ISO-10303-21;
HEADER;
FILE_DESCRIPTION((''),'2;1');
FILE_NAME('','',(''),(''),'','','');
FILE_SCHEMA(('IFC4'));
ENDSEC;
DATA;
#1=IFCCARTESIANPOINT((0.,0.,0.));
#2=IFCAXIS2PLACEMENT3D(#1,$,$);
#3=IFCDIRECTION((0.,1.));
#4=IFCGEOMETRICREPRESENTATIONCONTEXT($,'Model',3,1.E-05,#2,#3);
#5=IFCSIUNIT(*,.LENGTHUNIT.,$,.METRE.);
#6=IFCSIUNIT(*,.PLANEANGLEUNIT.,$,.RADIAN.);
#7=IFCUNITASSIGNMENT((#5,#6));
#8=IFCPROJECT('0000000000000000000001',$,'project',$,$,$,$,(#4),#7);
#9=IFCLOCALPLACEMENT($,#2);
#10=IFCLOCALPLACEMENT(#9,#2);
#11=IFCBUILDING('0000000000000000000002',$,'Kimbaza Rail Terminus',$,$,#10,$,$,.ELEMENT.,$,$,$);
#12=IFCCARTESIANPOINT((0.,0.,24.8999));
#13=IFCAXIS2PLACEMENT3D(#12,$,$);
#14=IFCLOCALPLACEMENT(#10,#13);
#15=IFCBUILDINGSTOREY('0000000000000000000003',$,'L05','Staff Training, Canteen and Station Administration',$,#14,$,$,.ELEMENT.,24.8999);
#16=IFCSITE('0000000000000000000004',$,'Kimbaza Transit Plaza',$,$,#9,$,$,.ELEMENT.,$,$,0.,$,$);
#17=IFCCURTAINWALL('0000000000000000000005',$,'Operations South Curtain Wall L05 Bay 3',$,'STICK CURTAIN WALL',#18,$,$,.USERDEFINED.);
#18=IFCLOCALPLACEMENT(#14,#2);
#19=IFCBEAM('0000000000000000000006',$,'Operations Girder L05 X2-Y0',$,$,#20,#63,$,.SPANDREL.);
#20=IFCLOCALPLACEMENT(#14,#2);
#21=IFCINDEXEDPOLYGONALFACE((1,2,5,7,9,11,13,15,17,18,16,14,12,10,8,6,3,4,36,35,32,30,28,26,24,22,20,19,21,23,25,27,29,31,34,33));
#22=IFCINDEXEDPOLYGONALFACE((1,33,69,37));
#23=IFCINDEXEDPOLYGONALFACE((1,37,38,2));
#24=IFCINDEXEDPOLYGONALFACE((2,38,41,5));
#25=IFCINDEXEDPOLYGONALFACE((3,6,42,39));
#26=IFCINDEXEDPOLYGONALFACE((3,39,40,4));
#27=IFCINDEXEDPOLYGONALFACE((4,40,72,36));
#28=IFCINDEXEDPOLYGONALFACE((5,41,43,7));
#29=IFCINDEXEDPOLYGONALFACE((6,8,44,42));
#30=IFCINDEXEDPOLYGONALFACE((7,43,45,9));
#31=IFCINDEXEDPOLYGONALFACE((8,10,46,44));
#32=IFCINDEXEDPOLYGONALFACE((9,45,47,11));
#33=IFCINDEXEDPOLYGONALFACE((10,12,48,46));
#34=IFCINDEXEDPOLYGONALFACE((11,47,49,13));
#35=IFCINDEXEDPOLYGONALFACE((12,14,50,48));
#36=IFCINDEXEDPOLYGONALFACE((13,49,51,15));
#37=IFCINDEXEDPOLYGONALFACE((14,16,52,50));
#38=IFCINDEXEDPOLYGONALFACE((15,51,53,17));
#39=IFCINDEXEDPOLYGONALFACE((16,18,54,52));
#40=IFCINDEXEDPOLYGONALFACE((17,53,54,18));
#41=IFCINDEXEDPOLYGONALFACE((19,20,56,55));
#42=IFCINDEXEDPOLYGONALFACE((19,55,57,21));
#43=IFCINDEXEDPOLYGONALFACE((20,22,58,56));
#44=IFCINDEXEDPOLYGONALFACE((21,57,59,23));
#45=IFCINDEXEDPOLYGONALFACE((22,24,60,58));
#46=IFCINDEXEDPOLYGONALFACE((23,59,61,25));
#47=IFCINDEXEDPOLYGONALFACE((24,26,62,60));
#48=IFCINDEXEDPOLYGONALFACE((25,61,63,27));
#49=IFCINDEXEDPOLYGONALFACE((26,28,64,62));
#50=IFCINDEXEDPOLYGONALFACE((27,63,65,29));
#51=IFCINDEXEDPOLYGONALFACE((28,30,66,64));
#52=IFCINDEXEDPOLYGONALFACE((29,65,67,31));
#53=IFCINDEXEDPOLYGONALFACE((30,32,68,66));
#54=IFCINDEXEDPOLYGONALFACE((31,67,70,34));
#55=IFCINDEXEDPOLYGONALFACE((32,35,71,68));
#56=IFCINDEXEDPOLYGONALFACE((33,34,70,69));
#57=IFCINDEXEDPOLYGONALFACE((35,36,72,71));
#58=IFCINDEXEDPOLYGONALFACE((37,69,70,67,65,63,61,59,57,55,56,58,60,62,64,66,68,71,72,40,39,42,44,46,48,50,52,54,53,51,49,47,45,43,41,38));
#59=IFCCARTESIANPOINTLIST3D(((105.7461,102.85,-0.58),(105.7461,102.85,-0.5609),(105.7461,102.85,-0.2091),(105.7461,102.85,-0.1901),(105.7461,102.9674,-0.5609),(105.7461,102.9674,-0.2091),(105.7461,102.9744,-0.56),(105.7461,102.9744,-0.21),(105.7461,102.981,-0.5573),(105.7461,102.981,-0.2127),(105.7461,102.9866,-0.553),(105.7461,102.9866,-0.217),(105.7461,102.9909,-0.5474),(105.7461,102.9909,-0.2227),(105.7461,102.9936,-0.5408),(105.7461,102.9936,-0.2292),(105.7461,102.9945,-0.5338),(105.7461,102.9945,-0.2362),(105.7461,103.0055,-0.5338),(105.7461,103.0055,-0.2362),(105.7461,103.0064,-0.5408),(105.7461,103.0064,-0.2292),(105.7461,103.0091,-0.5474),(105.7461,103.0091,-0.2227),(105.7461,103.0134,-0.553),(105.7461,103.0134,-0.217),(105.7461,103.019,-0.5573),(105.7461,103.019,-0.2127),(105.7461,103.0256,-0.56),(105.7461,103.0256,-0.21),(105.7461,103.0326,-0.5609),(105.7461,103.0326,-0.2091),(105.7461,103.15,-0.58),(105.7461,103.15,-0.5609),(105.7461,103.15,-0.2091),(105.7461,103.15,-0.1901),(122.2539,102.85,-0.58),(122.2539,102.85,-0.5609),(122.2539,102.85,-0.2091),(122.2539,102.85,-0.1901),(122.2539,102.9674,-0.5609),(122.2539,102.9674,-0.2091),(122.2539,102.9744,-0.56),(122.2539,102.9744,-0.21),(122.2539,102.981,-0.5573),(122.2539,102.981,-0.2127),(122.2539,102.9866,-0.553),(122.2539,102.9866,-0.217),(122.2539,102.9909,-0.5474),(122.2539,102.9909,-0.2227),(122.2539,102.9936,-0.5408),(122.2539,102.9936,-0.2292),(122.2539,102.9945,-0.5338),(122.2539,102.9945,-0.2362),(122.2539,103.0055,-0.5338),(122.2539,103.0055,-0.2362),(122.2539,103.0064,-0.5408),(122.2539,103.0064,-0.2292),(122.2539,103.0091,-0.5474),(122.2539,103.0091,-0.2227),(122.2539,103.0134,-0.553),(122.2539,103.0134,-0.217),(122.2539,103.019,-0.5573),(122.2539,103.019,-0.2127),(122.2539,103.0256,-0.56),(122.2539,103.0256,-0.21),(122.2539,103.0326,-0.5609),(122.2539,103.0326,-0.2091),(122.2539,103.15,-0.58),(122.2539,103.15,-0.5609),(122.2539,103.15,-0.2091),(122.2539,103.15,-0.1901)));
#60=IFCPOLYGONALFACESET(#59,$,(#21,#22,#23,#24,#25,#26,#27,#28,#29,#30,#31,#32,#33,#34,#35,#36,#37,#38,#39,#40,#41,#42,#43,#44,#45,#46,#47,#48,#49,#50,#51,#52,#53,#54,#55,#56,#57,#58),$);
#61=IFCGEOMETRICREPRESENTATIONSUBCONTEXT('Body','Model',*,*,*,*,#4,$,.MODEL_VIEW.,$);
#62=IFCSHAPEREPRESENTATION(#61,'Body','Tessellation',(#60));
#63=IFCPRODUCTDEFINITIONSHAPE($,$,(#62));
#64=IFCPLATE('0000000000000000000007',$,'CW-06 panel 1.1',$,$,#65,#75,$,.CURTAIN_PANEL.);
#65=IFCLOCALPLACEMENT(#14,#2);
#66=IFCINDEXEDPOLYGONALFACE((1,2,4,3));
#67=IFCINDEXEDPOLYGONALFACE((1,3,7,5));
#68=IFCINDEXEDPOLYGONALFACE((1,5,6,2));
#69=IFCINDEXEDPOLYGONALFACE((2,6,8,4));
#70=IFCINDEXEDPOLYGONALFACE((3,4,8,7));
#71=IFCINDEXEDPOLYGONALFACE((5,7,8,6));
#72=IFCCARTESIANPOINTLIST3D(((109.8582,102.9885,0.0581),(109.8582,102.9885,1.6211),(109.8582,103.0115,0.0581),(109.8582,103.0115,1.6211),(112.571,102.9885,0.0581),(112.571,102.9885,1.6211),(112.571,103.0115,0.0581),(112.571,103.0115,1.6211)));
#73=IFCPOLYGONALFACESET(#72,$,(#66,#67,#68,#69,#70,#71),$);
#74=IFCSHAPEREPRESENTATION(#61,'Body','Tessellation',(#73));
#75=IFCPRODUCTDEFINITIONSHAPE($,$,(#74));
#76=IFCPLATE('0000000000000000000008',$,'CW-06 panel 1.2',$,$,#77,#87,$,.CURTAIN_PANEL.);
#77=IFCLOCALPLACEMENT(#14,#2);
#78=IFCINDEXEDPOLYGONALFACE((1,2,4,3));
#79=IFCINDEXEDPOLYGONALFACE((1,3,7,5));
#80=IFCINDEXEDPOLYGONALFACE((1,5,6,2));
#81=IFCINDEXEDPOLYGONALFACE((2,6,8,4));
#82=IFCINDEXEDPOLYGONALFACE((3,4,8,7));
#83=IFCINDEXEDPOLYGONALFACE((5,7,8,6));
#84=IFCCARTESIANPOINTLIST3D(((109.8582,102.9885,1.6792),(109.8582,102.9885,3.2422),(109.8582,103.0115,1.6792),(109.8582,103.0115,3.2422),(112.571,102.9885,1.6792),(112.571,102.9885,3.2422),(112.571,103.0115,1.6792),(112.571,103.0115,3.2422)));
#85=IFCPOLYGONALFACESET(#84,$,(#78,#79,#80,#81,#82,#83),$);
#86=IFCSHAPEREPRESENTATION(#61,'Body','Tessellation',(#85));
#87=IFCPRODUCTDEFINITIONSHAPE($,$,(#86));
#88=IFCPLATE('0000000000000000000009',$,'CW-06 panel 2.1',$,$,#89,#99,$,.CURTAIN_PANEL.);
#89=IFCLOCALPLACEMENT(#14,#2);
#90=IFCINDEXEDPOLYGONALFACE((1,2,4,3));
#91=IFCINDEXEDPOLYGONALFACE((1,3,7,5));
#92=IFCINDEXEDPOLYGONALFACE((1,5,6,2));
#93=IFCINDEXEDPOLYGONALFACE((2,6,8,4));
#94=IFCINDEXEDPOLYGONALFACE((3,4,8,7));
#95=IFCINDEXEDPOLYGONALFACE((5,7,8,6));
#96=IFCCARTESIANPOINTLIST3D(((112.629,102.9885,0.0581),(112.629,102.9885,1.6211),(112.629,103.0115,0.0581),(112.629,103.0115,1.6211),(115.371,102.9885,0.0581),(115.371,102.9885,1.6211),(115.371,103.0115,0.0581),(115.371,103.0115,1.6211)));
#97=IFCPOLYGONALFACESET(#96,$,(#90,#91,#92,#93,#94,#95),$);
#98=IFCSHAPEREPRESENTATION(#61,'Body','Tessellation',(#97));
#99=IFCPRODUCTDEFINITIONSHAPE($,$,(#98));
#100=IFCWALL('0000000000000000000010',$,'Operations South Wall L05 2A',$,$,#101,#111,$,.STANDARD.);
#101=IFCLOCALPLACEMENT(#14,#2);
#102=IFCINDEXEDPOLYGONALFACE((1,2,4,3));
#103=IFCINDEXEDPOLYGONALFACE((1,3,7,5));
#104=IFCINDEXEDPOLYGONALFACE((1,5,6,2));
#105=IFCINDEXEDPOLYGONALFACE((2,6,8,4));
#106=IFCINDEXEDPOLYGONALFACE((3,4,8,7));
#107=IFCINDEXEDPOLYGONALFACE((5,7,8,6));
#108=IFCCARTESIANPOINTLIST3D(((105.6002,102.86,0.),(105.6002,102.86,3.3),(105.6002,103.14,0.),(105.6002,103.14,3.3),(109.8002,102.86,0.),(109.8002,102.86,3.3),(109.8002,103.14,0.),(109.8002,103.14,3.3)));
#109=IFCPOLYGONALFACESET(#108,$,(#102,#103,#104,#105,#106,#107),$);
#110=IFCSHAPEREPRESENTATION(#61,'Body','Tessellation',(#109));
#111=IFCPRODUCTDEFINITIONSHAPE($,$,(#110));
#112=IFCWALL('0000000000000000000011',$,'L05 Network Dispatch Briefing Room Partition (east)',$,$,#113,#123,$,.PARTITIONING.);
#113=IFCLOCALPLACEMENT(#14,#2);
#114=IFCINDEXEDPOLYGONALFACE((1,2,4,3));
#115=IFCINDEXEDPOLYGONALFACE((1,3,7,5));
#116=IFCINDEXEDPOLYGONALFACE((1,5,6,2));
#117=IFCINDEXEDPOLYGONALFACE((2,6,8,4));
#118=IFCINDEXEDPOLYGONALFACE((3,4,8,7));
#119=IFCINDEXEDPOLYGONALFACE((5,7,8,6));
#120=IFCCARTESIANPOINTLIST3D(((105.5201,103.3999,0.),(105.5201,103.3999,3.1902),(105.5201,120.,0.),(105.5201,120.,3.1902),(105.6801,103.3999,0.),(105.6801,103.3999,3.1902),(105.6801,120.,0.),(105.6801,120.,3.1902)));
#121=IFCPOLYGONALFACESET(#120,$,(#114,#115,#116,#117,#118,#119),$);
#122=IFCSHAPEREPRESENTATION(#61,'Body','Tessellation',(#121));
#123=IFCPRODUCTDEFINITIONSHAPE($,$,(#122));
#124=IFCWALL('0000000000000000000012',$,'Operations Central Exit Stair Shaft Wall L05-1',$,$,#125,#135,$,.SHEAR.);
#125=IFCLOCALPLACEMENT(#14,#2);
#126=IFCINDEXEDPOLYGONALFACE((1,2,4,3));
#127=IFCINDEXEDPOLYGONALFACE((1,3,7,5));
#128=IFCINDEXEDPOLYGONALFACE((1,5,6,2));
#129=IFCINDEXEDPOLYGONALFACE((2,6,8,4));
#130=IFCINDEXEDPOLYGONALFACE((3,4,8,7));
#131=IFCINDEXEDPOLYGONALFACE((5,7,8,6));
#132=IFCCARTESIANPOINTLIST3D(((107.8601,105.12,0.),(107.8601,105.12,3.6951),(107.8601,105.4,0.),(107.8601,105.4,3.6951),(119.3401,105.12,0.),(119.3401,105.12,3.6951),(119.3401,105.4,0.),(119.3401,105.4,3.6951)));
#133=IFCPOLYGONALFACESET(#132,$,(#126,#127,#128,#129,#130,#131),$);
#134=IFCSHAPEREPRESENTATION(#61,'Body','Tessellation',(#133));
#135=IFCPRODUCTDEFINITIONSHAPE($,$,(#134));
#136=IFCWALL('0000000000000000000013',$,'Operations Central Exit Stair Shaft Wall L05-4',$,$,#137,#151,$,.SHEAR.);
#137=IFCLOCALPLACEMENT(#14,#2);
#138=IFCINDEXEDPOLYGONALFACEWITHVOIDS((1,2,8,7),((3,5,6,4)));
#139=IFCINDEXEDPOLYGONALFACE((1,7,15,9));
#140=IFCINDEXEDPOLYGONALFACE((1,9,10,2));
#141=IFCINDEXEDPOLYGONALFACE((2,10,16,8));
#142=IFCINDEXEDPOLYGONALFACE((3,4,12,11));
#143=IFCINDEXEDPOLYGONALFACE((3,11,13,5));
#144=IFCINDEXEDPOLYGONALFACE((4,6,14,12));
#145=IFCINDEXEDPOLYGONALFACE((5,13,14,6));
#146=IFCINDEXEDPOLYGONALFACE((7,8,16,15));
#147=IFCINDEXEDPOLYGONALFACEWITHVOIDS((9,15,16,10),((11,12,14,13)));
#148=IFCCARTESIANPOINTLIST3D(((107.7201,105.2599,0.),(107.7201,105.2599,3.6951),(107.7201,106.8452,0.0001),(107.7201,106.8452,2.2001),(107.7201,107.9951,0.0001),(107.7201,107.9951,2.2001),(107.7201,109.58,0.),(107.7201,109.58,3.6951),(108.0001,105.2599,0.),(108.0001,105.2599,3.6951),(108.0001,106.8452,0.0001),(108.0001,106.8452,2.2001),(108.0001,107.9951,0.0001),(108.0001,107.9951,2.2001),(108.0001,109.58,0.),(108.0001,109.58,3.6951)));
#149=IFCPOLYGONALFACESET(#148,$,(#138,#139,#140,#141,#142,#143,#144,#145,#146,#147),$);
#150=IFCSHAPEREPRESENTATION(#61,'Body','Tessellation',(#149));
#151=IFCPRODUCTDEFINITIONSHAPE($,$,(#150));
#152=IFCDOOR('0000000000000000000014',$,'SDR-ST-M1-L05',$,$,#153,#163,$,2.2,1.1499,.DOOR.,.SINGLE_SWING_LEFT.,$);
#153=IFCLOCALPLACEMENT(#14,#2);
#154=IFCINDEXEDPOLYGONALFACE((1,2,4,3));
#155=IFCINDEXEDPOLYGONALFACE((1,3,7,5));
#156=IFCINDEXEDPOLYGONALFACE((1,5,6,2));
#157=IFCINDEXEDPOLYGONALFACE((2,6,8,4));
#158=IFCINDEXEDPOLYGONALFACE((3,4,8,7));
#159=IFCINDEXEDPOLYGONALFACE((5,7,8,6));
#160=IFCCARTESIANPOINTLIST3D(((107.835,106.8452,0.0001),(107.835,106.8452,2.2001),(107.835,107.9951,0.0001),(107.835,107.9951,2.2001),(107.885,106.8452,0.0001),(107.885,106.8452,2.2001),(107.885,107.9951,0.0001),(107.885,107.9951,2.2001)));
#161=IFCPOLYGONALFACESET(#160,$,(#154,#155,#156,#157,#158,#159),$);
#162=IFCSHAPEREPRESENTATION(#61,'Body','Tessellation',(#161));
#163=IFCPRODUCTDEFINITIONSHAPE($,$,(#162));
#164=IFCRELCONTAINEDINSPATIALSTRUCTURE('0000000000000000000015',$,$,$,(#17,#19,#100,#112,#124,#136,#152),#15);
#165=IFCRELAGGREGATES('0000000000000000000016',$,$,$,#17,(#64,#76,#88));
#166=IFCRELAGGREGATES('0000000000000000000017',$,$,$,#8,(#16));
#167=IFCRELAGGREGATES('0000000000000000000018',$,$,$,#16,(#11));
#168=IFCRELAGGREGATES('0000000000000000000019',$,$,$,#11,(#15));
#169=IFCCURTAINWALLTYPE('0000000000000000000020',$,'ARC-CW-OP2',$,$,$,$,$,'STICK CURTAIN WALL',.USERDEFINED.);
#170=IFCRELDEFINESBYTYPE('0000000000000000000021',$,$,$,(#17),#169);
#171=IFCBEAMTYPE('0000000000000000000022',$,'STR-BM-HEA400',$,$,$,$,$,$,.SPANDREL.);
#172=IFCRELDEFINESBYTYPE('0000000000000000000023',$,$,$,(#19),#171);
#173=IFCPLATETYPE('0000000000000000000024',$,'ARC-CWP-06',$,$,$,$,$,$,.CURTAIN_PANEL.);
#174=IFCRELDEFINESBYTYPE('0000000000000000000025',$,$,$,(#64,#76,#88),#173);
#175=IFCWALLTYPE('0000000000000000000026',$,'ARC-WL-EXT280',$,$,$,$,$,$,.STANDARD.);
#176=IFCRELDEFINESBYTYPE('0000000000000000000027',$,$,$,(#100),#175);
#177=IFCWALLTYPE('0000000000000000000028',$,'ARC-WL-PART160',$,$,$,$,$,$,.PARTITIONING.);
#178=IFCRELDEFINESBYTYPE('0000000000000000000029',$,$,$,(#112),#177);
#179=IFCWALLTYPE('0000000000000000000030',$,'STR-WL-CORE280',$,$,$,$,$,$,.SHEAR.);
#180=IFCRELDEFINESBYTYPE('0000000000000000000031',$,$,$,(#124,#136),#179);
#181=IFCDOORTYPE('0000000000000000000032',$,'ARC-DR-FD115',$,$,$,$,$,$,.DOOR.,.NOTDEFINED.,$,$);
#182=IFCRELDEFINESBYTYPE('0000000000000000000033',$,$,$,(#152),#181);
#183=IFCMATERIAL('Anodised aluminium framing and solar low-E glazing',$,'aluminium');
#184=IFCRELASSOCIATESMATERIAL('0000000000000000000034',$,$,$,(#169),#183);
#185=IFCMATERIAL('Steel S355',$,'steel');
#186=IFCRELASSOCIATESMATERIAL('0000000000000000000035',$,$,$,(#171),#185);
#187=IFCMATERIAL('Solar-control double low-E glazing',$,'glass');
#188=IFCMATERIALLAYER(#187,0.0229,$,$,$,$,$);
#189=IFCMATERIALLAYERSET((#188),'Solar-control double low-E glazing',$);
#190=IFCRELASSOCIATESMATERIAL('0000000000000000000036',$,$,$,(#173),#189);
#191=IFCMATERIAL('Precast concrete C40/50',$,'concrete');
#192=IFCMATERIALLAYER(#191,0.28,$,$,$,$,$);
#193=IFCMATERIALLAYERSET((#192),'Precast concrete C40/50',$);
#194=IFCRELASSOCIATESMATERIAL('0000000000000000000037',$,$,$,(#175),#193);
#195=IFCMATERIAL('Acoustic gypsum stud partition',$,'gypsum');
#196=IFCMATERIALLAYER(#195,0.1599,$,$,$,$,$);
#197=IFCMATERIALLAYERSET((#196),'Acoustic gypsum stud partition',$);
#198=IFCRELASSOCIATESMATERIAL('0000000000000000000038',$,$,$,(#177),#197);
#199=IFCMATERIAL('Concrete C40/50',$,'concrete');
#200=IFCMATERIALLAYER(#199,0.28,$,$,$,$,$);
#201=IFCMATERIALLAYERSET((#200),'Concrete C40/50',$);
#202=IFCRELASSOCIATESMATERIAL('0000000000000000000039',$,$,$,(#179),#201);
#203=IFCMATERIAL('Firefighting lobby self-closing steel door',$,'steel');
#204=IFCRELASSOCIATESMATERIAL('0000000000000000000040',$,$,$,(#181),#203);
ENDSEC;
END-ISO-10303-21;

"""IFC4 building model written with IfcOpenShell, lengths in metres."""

from ifc_helpers import new_model, si_unit, direction, frame, frame_2d, origin, origin_2d, place, context, subcontext, project, spatial, rectangle, i_section, extrude, material, layer, layer_set, material_profile, profile_set, type_object, element, fill, aggregate, save


model = new_model("IFC4")

# Units and contexts
model_context = context("Model", 3, precision=1e-05, world=origin(), true_north=direction((0.0, 1.0)))
body_context = subcontext(model_context, "Body", "Model", "MODEL_VIEW")
ifc_project = project(units=[si_unit("LENGTHUNIT", "METRE"), si_unit("PLANEANGLEUNIT", "RADIAN")], contexts=[model_context])

# Site, building, storey
site_placement = place(None, origin())
site = spatial("IfcSite", under=ifc_project, at=site_placement, Name="Kimbaza Transit Plaza", CompositionType="ELEMENT", RefElevation=0.0)
building_placement = place(site_placement, origin())
building = spatial("IfcBuilding", under=site, at=building_placement, Name="Kimbaza Rail Terminus", CompositionType="ELEMENT")
storey_placement = place(building_placement, frame((0.0, 0.0, 24.8999)))
storey = spatial("IfcBuildingStorey", under=building, at=storey_placement, Name="L05", Description="Staff Training, Canteen and Station Administration", CompositionType="ELEMENT", Elevation=24.8999)

# Curtain wall
ifc_material_1 = material(Name="Anodised aluminium framing and solar low-E glazing", Category="aluminium")
curtain_wall_type = type_object("IfcCurtainWallType", Name="ARC-CW-OP2", ElementType="STICK CURTAIN WALL", PredefinedType="USERDEFINED", material=ifc_material_1)
curtain_wall_placement = place(storey_placement, origin())
curtain_wall = element("IfcCurtainWall", 1, at=curtain_wall_placement, inside=storey, type_object=curtain_wall_type, Name="Operations South Curtain Wall L05 Bay 3", ObjectType="STICK CURTAIN WALL", PredefinedType="USERDEFINED")

# Beam
ifc_material_2 = material(Name="Steel S355", Category="steel")
ifc_material_profile_1 = material_profile(ifc_material_2, i_section(OverallWidth=0.3, OverallDepth=0.3899, WebThickness=0.011, FlangeThickness=0.019, FilletRadius=0.0271, at=origin_2d()), Name="HEA 400")
ifc_profile_set_1 = profile_set([ifc_material_profile_1], Name="Steel S355")
beam_type_1 = type_object("IfcBeamType", Name="STR-BM-HEA400", PredefinedType="SPANDREL", material=ifc_profile_set_1)
beam_1_placement = place(storey_placement, frame((105.7461, 103.0, -0.385), z_axis=(1.0, 0.0, 0.0), x_axis=(0.0, 1.0, 0.0)))
element("IfcBeam", 2, at=beam_1_placement, inside=storey, type_object=beam_type_1, Name="Operations Girder L05 X2-Y0", PredefinedType="SPANDREL", context=body_context, shape_type="SweptSolid", body=[
    extrude(i_section(OverallWidth=0.3, OverallDepth=0.3899, WebThickness=0.011, FlangeThickness=0.019, FilletRadius=0.0271, at=origin_2d()), origin(), (0.0, 0.0, 1.0), 16.5078),
])

# Plates
ifc_material_3 = material(Name="Solar-control double low-E glazing", Category="glass")
ifc_layer_1 = layer(ifc_material_3, 0.0229)
ifc_layer_set_1 = layer_set([ifc_layer_1], Name="Solar-control double low-E glazing")
plate_type = type_object("IfcPlateType", Name="ARC-CWP-06", PredefinedType="CURTAIN_PANEL", material=ifc_layer_set_1)
plate_1_placement = place(storey_placement, frame((111.2146, 103.0, 0.0581), z_axis=(0.0, 0.0, 1.0), x_axis=(1.0, 0.0, 0.0)))
plate_1 = element("IfcPlate", 3, at=plate_1_placement, type_object=plate_type, Name="CW-06 panel 1.1", PredefinedType="CURTAIN_PANEL", context=body_context, shape_type="SweptSolid", body=[
    extrude(rectangle(XDim=2.7129, YDim=0.0229, at=origin_2d()), origin(), (0.0, 0.0, 1.0), 1.563),
])
plate_2_placement = place(storey_placement, frame((111.2146, 103.0, 1.6792), z_axis=(0.0, 0.0, 1.0), x_axis=(1.0, 0.0, 0.0)))
plate_2 = element("IfcPlate", 4, at=plate_2_placement, type_object=plate_type, Name="CW-06 panel 1.2", PredefinedType="CURTAIN_PANEL", context=body_context, shape_type="SweptSolid", body=[
    extrude(rectangle(XDim=2.7129, YDim=0.0229, at=origin_2d()), origin(), (0.0, 0.0, 1.0), 1.563),
])
plate_3_placement = place(storey_placement, frame((114.0, 103.0, 0.0581), z_axis=(0.0, 0.0, 1.0), x_axis=(1.0, 0.0, 0.0)))
plate_3 = element("IfcPlate", 5, at=plate_3_placement, type_object=plate_type, Name="CW-06 panel 2.1", PredefinedType="CURTAIN_PANEL", context=body_context, shape_type="SweptSolid", body=[
    extrude(rectangle(XDim=2.7419, YDim=0.0229, at=origin_2d()), origin(), (0.0, 0.0, 1.0), 1.563),
])
aggregate(curtain_wall, [plate_1, plate_2, plate_3])

# Walls
ifc_material_4 = material(Name="Precast concrete C40/50", Category="concrete")
ifc_layer_2 = layer(ifc_material_4, 0.28)
ifc_layer_set_2 = layer_set([ifc_layer_2], Name="Precast concrete C40/50")
wall_type_1 = type_object("IfcWallType", Name="ARC-WL-EXT280", PredefinedType="STANDARD", material=ifc_layer_set_2)
wall_1_placement = place(storey_placement, frame((105.6001, 103.0, 0.0), z_axis=(0.0, 0.0, 1.0), x_axis=(1.0, 0.0, 0.0)))
element("IfcWall", 6, at=wall_1_placement, inside=storey, type_object=wall_type_1, Name="Operations South Wall L05 2A", PredefinedType="STANDARD", context=body_context, shape_type="SweptSolid", body=[
    extrude(rectangle(XDim=4.2, YDim=0.28, at=frame_2d((2.1001, 0.0))), origin(), (0.0, 0.0, 1.0), 3.3),
])
ifc_material_5 = material(Name="Acoustic gypsum stud partition", Category="gypsum")
ifc_layer_3 = layer(ifc_material_5, 0.1599)
ifc_layer_set_3 = layer_set([ifc_layer_3], Name="Acoustic gypsum stud partition")
wall_type_2 = type_object("IfcWallType", Name="ARC-WL-PART160", PredefinedType="PARTITIONING", material=ifc_layer_set_3)
wall_2_placement = place(storey_placement, frame((105.6001, 103.3999, 0.0), z_axis=(0.0, 0.0, 1.0), x_axis=(0.0, 1.0, 0.0)))
element("IfcWall", 7, at=wall_2_placement, inside=storey, type_object=wall_type_2, Name="L05 Network Dispatch Briefing Room Partition (east)", PredefinedType="PARTITIONING", context=body_context, shape_type="SweptSolid", body=[
    extrude(rectangle(XDim=16.6001, YDim=0.1599, at=frame_2d((8.3, 0.0))), origin(), (0.0, 0.0, 1.0), 3.1902),
])
ifc_material_6 = material(Name="Concrete C40/50", Category="concrete")
ifc_layer_4 = layer(ifc_material_6, 0.28)
ifc_layer_set_4 = layer_set([ifc_layer_4], Name="Concrete C40/50")
wall_type_3 = type_object("IfcWallType", Name="STR-WL-CORE280", PredefinedType="SHEAR", material=ifc_layer_set_4)
wall_3_placement = place(storey_placement, frame((107.8601, 105.26, 0.0), z_axis=(0.0, 0.0, 1.0), x_axis=(1.0, 0.0, 0.0)))
element("IfcWall", 8, at=wall_3_placement, inside=storey, type_object=wall_type_3, Name="Operations Central Exit Stair Shaft Wall L05-1", PredefinedType="SHEAR", context=body_context, shape_type="SweptSolid", body=[
    extrude(rectangle(XDim=11.48, YDim=0.28, at=frame_2d((5.74, 0.0))), origin(), (0.0, 0.0, 1.0), 3.6951),
])

# Wall, opening, door
wall_4_placement = place(storey_placement, frame((107.8601, 109.5801, 0.0), z_axis=(0.0, 0.0, 1.0), x_axis=(0.0, -1.0, 0.0)))
wall_4 = element("IfcWall", 9, at=wall_4_placement, inside=storey, type_object=wall_type_3, Name="Operations Central Exit Stair Shaft Wall L05-4", PredefinedType="SHEAR", context=body_context, shape_type="SweptSolid", body=[
    extrude(rectangle(XDim=4.3201, YDim=0.28, at=frame_2d((2.1602, 0.0))), origin(), (0.0, 0.0, 1.0), 3.6951),
])
opening_placement = place(wall_4_placement, frame((1.585, 0.0, 0.0)))
opening = element("IfcOpeningElement", 10, at=opening_placement, cuts=wall_4, PredefinedType="OPENING", context=body_context, shape_type="SweptSolid", body=[
    extrude(rectangle(XDim=1.1499, YDim=2.2, at=frame_2d((0.575, 1.1001))), frame((0.0, 0.1499, 0.0), z_axis=(0.0, -1.0, 0.0), x_axis=(1.0, 0.0, 0.0)), (0.0, 0.0, 1.0), 0.3),
])
ifc_material_7 = material(Name="Firefighting lobby self-closing steel door", Category="steel")
door_type = type_object("IfcDoorType", Name="ARC-DR-FD115", OperationType="NOTDEFINED", PredefinedType="DOOR", material=ifc_material_7)
door_placement = place(opening_placement, origin())
door = element("IfcDoor", 11, at=door_placement, inside=storey, type_object=door_type, Name="SDR-ST-M1-L05", OperationType="SINGLE_SWING_LEFT", OverallHeight=2.2, OverallWidth=1.1499, PredefinedType="DOOR", context=body_context, shape_type="SweptSolid", body=[
    extrude(rectangle(XDim=1.1499, YDim=2.2, at=frame_2d((0.575, 1.1001))), frame((0.0, 0.0249, 0.0), z_axis=(0.0, -1.0, 0.0), x_axis=(1.0, 0.0, 0.0)), (0.0, 0.0, 1.0), 0.05),
])
fill(opening, door)

save(model, "model.ifc")
